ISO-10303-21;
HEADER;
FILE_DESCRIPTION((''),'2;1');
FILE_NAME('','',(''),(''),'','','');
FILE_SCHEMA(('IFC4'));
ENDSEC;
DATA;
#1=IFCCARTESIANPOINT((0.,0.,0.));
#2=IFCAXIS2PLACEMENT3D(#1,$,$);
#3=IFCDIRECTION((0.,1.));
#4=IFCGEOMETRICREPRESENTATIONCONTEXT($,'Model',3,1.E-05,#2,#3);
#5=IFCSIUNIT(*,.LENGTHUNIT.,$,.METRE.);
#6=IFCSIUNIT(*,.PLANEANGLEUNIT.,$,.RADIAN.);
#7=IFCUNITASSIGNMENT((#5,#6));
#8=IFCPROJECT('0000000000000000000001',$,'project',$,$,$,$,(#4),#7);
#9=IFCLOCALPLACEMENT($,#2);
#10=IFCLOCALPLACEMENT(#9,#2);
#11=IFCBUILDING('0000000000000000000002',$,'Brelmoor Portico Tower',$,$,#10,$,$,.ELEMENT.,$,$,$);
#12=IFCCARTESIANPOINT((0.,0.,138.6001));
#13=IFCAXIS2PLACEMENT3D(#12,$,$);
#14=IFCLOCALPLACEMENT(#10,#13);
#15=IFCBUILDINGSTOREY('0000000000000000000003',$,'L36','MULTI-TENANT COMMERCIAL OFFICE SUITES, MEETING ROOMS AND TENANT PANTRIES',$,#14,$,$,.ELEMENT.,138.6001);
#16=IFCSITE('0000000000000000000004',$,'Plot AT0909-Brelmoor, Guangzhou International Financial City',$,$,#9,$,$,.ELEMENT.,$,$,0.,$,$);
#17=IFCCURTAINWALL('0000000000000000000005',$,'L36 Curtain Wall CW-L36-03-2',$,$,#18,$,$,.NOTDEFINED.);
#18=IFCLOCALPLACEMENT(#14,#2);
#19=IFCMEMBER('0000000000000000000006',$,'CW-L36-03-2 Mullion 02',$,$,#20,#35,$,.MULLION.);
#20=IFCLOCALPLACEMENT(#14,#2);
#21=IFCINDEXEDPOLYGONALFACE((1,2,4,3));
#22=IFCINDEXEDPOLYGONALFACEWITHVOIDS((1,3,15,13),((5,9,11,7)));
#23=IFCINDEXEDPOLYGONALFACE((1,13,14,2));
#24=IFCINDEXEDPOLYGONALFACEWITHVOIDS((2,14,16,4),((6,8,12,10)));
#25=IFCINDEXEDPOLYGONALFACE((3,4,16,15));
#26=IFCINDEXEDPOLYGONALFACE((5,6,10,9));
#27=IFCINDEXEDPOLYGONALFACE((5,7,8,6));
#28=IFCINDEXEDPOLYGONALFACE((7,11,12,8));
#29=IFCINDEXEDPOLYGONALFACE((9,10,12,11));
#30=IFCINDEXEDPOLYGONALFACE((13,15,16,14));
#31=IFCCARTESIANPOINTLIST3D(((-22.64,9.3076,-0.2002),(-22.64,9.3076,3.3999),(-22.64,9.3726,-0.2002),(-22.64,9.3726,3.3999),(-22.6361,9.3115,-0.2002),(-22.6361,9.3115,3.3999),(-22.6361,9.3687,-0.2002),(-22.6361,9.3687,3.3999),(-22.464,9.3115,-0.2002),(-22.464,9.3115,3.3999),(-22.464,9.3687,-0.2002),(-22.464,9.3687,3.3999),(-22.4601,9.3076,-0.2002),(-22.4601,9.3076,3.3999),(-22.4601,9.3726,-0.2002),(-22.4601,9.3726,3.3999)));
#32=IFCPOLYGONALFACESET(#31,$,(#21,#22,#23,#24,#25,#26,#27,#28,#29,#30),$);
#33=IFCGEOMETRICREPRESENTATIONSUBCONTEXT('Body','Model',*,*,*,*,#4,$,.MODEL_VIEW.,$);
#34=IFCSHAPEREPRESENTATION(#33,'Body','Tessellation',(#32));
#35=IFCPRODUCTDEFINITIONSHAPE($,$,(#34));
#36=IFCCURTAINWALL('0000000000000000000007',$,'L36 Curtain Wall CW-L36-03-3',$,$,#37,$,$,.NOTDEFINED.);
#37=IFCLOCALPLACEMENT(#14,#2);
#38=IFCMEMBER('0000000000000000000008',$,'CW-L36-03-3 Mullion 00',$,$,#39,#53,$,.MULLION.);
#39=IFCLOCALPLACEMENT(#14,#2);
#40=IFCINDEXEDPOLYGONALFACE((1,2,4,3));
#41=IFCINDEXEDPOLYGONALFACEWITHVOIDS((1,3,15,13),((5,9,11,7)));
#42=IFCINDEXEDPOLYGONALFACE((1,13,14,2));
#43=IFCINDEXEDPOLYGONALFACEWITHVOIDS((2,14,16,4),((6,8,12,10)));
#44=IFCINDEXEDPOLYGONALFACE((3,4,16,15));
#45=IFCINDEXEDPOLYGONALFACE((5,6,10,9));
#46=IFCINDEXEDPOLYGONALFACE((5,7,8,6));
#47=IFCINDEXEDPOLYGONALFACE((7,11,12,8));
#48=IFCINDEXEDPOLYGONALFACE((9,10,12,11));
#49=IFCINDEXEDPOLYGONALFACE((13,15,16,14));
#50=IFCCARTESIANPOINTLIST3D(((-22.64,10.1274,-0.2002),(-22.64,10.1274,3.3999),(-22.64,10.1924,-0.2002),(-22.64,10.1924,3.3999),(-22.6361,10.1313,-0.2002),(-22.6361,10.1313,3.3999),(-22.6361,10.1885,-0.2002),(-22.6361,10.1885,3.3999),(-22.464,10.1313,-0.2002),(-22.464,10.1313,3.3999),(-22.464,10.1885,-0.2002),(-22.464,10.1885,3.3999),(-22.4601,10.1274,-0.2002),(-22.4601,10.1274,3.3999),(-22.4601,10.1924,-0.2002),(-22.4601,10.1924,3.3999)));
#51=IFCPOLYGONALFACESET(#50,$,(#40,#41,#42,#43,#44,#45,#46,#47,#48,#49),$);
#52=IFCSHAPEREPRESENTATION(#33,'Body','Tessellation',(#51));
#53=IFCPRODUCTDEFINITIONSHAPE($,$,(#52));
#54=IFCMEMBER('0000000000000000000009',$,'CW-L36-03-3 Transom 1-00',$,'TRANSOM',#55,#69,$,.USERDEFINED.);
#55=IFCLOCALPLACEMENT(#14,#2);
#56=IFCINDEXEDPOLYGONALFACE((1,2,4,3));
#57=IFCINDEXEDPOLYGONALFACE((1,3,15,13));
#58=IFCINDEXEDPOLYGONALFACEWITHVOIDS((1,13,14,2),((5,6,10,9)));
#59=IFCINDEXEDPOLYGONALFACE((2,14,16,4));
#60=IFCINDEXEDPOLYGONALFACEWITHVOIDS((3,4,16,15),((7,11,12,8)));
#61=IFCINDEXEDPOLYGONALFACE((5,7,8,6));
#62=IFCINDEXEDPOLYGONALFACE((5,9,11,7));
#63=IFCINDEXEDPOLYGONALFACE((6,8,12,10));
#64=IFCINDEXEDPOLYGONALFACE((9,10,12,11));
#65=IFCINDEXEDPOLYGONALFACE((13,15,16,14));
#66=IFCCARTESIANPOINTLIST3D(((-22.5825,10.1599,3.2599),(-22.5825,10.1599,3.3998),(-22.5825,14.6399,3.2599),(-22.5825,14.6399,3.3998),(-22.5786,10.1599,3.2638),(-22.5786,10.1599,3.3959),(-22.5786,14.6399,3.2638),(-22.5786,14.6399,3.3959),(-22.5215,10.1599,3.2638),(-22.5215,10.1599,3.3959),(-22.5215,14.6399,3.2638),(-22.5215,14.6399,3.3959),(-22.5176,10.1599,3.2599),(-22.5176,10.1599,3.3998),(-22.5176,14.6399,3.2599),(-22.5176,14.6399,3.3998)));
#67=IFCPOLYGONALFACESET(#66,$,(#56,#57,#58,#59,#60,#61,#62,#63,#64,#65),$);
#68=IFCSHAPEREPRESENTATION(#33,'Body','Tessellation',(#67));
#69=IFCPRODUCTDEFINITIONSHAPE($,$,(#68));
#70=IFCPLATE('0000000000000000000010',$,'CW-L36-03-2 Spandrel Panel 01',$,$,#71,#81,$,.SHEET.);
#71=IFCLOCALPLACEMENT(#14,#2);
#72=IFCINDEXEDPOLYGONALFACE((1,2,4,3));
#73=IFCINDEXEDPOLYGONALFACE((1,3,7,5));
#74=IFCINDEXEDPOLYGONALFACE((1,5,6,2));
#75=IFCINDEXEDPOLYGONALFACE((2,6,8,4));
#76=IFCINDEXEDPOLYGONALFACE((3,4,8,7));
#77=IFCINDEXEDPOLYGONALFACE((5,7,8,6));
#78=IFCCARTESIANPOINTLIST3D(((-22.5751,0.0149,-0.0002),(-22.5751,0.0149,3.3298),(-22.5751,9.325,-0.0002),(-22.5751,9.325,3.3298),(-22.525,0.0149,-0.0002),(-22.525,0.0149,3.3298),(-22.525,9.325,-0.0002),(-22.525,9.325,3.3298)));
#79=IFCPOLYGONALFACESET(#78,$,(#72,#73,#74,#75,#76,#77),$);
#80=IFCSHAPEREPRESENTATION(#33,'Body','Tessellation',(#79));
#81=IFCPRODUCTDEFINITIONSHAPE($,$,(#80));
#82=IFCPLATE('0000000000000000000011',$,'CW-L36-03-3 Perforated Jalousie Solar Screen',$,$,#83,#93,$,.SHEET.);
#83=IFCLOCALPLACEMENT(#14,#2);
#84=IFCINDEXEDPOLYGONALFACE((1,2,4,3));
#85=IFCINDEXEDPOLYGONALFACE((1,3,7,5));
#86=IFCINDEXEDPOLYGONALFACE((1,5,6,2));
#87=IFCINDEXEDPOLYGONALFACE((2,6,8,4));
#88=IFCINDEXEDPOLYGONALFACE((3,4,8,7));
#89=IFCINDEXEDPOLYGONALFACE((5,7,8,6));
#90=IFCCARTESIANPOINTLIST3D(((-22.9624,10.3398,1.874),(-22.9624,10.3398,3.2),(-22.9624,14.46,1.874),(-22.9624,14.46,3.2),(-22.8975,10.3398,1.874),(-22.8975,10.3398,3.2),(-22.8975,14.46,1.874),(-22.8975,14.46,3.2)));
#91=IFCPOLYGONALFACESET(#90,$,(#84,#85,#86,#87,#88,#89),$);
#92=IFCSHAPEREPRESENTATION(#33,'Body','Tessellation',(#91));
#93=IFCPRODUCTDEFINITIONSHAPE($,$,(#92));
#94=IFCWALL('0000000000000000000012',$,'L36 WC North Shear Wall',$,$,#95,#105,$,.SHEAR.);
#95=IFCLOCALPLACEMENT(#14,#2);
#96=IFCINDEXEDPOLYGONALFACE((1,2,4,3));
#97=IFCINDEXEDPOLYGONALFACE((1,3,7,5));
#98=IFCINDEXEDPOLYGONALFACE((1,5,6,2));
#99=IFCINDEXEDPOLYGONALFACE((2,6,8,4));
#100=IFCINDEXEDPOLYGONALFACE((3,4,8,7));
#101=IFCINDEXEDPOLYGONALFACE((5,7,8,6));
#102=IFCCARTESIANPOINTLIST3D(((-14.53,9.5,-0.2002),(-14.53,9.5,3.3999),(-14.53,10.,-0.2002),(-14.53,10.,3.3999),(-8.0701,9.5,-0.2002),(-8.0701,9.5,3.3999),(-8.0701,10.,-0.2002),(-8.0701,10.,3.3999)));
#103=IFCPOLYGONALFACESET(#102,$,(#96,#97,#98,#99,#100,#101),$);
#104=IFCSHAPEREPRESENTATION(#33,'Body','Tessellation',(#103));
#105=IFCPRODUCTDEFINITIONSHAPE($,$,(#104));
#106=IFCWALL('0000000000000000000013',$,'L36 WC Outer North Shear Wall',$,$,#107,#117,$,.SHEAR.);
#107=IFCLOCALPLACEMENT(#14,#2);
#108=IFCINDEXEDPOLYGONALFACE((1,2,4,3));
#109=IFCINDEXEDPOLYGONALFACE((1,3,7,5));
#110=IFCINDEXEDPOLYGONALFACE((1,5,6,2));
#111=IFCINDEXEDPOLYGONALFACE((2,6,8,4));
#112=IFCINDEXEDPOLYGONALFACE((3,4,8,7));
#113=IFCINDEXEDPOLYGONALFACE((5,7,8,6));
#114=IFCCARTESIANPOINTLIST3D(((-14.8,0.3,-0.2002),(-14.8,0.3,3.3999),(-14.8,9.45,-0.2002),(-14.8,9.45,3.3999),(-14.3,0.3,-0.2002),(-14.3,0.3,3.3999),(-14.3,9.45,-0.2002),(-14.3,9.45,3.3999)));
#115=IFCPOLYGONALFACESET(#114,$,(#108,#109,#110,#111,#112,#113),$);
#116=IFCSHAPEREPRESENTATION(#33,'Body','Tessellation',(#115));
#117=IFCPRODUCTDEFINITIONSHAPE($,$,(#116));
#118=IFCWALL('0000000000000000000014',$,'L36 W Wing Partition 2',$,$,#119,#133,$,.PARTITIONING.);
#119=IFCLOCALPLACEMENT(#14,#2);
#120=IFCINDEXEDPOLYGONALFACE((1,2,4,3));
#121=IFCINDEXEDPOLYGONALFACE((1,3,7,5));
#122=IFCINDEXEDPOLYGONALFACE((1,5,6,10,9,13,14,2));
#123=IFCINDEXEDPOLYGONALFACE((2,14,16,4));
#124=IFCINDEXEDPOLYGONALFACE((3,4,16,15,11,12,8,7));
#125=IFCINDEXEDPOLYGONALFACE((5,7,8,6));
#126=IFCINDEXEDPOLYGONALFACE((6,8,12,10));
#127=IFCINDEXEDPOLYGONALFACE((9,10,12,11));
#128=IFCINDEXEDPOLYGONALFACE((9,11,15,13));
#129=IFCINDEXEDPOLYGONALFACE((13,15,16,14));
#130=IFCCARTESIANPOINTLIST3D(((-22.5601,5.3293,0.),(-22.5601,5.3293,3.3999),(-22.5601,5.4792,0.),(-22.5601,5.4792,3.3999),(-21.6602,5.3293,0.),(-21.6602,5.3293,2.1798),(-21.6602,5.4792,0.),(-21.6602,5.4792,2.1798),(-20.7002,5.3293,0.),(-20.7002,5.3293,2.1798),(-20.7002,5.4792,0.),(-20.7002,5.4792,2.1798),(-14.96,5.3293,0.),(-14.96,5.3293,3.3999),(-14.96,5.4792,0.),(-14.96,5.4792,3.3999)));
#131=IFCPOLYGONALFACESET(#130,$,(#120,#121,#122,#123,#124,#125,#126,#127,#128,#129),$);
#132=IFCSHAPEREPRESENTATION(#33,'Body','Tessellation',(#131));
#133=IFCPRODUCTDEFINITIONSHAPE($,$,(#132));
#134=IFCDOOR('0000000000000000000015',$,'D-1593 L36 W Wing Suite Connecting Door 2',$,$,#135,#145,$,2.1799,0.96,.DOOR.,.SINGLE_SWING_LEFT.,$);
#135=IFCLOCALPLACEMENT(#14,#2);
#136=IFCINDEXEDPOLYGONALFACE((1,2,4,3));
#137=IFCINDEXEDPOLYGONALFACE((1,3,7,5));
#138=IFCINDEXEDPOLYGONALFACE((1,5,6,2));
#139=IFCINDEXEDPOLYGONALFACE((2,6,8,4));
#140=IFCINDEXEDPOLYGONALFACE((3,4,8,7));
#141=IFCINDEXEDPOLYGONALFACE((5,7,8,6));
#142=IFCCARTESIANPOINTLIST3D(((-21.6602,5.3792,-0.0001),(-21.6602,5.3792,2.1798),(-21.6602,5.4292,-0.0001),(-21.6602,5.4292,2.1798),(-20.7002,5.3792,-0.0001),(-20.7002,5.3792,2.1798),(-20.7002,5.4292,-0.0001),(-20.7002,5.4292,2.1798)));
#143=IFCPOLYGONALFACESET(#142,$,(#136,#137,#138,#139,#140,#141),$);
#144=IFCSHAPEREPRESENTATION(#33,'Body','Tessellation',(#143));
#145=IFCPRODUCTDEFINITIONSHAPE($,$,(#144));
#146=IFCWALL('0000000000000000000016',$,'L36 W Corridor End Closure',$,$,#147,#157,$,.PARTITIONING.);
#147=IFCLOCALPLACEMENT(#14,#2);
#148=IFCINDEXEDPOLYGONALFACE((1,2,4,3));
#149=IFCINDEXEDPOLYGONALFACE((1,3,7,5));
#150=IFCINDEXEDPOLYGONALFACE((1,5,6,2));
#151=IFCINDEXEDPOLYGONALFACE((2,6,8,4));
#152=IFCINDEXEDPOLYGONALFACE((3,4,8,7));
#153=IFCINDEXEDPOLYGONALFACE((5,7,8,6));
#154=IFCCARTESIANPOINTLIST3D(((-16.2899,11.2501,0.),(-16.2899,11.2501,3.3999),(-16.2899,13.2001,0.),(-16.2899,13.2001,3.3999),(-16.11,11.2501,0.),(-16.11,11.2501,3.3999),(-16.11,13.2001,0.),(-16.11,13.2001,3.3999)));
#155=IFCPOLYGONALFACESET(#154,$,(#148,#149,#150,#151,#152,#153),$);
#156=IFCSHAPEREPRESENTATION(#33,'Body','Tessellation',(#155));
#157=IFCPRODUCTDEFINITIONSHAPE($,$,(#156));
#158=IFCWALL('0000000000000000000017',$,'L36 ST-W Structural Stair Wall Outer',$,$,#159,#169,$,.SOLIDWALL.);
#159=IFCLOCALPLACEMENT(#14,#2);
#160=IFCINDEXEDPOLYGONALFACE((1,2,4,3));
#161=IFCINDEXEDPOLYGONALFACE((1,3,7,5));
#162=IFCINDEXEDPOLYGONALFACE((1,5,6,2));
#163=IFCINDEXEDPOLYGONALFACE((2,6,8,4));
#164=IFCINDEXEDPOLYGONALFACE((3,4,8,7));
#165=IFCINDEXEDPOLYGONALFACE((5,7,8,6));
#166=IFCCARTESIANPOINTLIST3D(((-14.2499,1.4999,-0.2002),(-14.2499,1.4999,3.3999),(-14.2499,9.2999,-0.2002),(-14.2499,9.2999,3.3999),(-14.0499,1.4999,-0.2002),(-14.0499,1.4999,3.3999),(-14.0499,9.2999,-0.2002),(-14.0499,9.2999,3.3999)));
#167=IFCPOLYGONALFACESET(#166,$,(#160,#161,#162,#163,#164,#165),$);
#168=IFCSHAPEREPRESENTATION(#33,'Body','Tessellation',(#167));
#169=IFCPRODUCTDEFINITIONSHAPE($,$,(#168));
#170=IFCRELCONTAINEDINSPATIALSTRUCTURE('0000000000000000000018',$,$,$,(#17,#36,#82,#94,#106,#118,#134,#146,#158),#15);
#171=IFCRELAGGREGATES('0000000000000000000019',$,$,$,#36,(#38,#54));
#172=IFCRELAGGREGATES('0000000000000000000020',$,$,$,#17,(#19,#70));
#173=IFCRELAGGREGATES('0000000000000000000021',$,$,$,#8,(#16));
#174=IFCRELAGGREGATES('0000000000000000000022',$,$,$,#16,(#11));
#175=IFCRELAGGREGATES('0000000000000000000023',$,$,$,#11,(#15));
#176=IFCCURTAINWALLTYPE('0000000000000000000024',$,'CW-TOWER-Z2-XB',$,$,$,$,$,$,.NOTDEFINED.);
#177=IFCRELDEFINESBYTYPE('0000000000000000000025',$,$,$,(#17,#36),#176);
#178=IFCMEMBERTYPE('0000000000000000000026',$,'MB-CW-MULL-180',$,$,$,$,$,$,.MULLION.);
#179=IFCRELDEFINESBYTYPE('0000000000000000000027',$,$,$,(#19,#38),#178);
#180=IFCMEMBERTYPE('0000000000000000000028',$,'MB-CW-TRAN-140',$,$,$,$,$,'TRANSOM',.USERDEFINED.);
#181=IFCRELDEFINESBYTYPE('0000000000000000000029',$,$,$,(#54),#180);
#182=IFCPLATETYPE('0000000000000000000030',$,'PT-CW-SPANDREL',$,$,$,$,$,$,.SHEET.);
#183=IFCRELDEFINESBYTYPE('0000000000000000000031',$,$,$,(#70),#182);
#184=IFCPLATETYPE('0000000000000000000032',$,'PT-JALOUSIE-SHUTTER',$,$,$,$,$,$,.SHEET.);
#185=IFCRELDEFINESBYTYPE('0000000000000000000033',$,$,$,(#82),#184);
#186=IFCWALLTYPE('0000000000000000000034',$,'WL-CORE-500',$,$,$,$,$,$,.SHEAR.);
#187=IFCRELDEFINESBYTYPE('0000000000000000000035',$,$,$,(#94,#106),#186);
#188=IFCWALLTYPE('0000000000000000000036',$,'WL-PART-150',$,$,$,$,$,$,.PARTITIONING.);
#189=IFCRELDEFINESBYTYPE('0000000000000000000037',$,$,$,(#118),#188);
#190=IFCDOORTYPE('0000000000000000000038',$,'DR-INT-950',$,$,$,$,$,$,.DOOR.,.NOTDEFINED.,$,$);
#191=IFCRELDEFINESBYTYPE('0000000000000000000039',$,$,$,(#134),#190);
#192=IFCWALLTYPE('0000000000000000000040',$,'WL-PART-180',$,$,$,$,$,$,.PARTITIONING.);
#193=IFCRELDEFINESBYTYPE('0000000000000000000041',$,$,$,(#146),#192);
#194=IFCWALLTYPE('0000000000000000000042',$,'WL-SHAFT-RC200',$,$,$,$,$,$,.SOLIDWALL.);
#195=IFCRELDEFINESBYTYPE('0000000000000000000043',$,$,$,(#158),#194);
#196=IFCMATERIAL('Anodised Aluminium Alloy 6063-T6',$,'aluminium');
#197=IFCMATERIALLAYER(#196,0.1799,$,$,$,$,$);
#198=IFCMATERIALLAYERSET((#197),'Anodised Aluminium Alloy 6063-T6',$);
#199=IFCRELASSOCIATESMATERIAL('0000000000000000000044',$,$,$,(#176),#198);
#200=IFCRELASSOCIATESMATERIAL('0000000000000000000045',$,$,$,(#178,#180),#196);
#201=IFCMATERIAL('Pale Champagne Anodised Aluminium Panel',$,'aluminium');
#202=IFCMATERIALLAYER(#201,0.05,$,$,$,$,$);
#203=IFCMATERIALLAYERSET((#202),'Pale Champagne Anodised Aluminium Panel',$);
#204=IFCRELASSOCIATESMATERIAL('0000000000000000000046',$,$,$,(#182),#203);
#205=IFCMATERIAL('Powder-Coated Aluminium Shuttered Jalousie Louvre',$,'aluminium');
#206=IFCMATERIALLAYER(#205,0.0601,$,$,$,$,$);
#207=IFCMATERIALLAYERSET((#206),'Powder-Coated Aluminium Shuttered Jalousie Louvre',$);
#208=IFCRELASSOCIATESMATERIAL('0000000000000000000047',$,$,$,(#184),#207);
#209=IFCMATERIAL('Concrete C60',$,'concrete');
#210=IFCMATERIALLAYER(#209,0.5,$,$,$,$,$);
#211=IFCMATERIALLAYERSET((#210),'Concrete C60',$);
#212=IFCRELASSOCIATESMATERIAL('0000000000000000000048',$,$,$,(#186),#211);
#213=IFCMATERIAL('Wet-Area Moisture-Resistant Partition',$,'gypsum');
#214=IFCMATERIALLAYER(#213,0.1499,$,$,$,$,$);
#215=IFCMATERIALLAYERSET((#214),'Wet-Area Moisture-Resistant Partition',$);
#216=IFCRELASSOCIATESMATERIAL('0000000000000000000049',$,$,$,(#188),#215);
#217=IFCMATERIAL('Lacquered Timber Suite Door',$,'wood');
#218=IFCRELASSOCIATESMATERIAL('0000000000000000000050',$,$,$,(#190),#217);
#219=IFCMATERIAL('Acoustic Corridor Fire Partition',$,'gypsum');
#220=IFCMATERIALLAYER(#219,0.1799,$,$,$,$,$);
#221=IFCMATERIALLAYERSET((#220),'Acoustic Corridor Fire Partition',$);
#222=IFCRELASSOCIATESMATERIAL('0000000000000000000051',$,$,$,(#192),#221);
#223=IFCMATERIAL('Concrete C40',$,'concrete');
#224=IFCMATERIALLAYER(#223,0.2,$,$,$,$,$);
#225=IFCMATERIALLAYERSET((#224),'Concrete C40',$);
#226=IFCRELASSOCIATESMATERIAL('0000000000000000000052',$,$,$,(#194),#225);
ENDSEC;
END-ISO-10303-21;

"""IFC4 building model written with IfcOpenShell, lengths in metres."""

from ifc_helpers import new_model, si_unit, direction, frame, frame_2d, origin, origin_2d, place, context, subcontext, project, spatial, rectangle, hollow_rectangle, extrude, material, layer, layer_set, material_profile, profile_set, type_object, element, fill, aggregate, save


model = new_model("IFC4")

# Units and contexts
model_context = context("Model", 3, precision=1e-05, world=origin(), true_north=direction((0.0, 1.0)))
body_context = subcontext(model_context, "Body", "Model", "MODEL_VIEW")
ifc_project = project(units=[si_unit("LENGTHUNIT", "METRE"), si_unit("PLANEANGLEUNIT", "RADIAN")], contexts=[model_context])

# Site, building, storey
site_placement = place(None, origin())
site = spatial("IfcSite", under=ifc_project, at=site_placement, Name="Plot AT0909-Brelmoor, Guangzhou International Financial City", CompositionType="ELEMENT", RefElevation=0.0)
building_placement = place(site_placement, origin())
building = spatial("IfcBuilding", under=site, at=building_placement, Name="Brelmoor Portico Tower", CompositionType="ELEMENT")
storey_placement = place(building_placement, frame((0.0, 0.0, 138.6001)))
storey = spatial("IfcBuildingStorey", under=building, at=storey_placement, Name="L36", Description="MULTI-TENANT COMMERCIAL OFFICE SUITES, MEETING ROOMS AND TENANT PANTRIES", CompositionType="ELEMENT", Elevation=138.6001)

# Curtain wall, member
ifc_material_1 = material(Name="Anodised Aluminium Alloy 6063-T6", Category="aluminium")
ifc_layer_1 = layer(ifc_material_1, 0.1799)
ifc_layer_set_1 = layer_set([ifc_layer_1], Name="Anodised Aluminium Alloy 6063-T6")
curtain_wall_type = type_object("IfcCurtainWallType", Name="CW-TOWER-Z2-XB", PredefinedType="NOTDEFINED", material=ifc_layer_set_1)
curtain_wall_1_placement = place(storey_placement, origin())
curtain_wall_1 = element("IfcCurtainWall", 1, at=curtain_wall_1_placement, inside=storey, type_object=curtain_wall_type, Name="L36 Curtain Wall CW-L36-03-2", PredefinedType="NOTDEFINED")
ifc_material_profile_1 = material_profile(ifc_material_1, hollow_rectangle(XDim=0.0649, YDim=0.1799, WallThickness=0.0039, at=origin_2d()), Name="ALU MULLION 65x180")
ifc_profile_set_1 = profile_set([ifc_material_profile_1], Name="Anodised Aluminium Alloy 6063-T6")
member_type_1 = type_object("IfcMemberType", Name="MB-CW-MULL-180", PredefinedType="MULLION", material=ifc_profile_set_1)
member_1_placement = place(storey_placement, frame((-22.55, 9.3401, -0.2002), z_axis=(0.0, 0.0, 1.0), x_axis=(0.0, 1.0, 0.0)))
member_1 = element("IfcMember", 2, at=member_1_placement, type_object=member_type_1, Name="CW-L36-03-2 Mullion 02", PredefinedType="MULLION", context=body_context, shape_type="SweptSolid", body=[
    extrude(hollow_rectangle(XDim=0.0649, YDim=0.1799, WallThickness=0.0039, at=origin_2d()), origin(), (0.0, 0.0, 1.0), 3.6001),
])

# Curtain wall, members
curtain_wall_2_placement = place(storey_placement, origin())
curtain_wall_2 = element("IfcCurtainWall", 3, at=curtain_wall_2_placement, inside=storey, type_object=curtain_wall_type, Name="L36 Curtain Wall CW-L36-03-3", PredefinedType="NOTDEFINED")
member_2_placement = place(storey_placement, frame((-22.55, 10.1599, -0.2002), z_axis=(0.0, 0.0, 1.0), x_axis=(0.0, 1.0, 0.0)))
member_2 = element("IfcMember", 4, at=member_2_placement, type_object=member_type_1, Name="CW-L36-03-3 Mullion 00", PredefinedType="MULLION", context=body_context, shape_type="SweptSolid", body=[
    extrude(hollow_rectangle(XDim=0.0649, YDim=0.1799, WallThickness=0.0039, at=origin_2d()), origin(), (0.0, 0.0, 1.0), 3.6001),
])
ifc_material_profile_2 = material_profile(ifc_material_1, hollow_rectangle(XDim=0.0649, YDim=0.1399, WallThickness=0.0039, at=origin_2d()), Name="ALU TRANSOM 65x140")
ifc_profile_set_2 = profile_set([ifc_material_profile_2], Name="Anodised Aluminium Alloy 6063-T6")
member_type_2 = type_object("IfcMemberType", Name="MB-CW-TRAN-140", ElementType="TRANSOM", PredefinedType="USERDEFINED", material=ifc_profile_set_2)
member_3_placement = place(storey_placement, frame((-22.55, 10.1599, 3.3298), z_axis=(0.0, 1.0, 0.0), x_axis=(-1.0, 0.0, 0.0)))
member_3 = element("IfcMember", 5, at=member_3_placement, type_object=member_type_2, Name="CW-L36-03-3 Transom 1-00", ObjectType="TRANSOM", PredefinedType="USERDEFINED", context=body_context, shape_type="SweptSolid", body=[
    extrude(hollow_rectangle(XDim=0.0649, YDim=0.1399, WallThickness=0.0039, at=origin_2d()), origin(), (0.0, 0.0, 1.0), 4.48),
])
aggregate(curtain_wall_2, [member_2, member_3])

# Plates
ifc_material_2 = material(Name="Pale Champagne Anodised Aluminium Panel", Category="aluminium")
ifc_layer_2 = layer(ifc_material_2, 0.05)
ifc_layer_set_2 = layer_set([ifc_layer_2], Name="Pale Champagne Anodised Aluminium Panel")
plate_type_1 = type_object("IfcPlateType", Name="PT-CW-SPANDREL", PredefinedType="SHEET", material=ifc_layer_set_2)
plate_1_placement = place(storey_placement, frame((-22.55, 4.6699, -0.0002), z_axis=(0.0, 0.0, 1.0), x_axis=(0.0, 1.0, 0.0)))
plate_1 = element("IfcPlate", 6, at=plate_1_placement, type_object=plate_type_1, Name="CW-L36-03-2 Spandrel Panel 01", PredefinedType="SHEET", context=body_context, shape_type="SweptSolid", body=[
    extrude(rectangle(XDim=9.3101, YDim=0.05, at=origin_2d()), origin(), (0.0, 0.0, 1.0), 3.3301),
])
aggregate(curtain_wall_1, [member_1, plate_1])
ifc_material_3 = material(Name="Powder-Coated Aluminium Shuttered Jalousie Louvre", Category="aluminium")
ifc_layer_3 = layer(ifc_material_3, 0.0601)
ifc_layer_set_3 = layer_set([ifc_layer_3], Name="Powder-Coated Aluminium Shuttered Jalousie Louvre")
plate_type_2 = type_object("IfcPlateType", Name="PT-JALOUSIE-SHUTTER", PredefinedType="SHEET", material=ifc_layer_set_3)
plate_2_placement = place(storey_placement, frame((-22.9299, 12.3999, 1.874), z_axis=(0.0, 0.0, 1.0), x_axis=(0.0, 1.0, 0.0)))
element("IfcPlate", 7, at=plate_2_placement, inside=storey, type_object=plate_type_2, Name="CW-L36-03-3 Perforated Jalousie Solar Screen", PredefinedType="SHEET", context=body_context, shape_type="SweptSolid", body=[
    extrude(rectangle(XDim=4.1201, YDim=0.0649, at=origin_2d()), origin(), (0.0, 0.0, 1.0), 1.3259),
])

# Walls
ifc_material_4 = material(Name="Concrete C60", Category="concrete")
ifc_layer_4 = layer(ifc_material_4, 0.5)
ifc_layer_set_4 = layer_set([ifc_layer_4], Name="Concrete C60")
wall_type_1 = type_object("IfcWallType", Name="WL-CORE-500", PredefinedType="SHEAR", material=ifc_layer_set_4)
wall_1_placement = place(storey_placement, frame((-14.53, 9.75, -0.2002), z_axis=(0.0, 0.0, 1.0), x_axis=(1.0, 0.0, 0.0)))
element("IfcWall", 8, at=wall_1_placement, inside=storey, type_object=wall_type_1, Name="L36 WC North Shear Wall", PredefinedType="SHEAR", context=body_context, shape_type="SweptSolid", body=[
    extrude(rectangle(XDim=6.46, YDim=0.5, at=frame_2d((3.23, 0.0))), origin(), (0.0, 0.0, 1.0), 3.6001),
])
wall_2_placement = place(storey_placement, frame((-14.55, 0.3, -0.2002), z_axis=(0.0, 0.0, 1.0), x_axis=(0.0, 1.0, 0.0)))
element("IfcWall", 9, at=wall_2_placement, inside=storey, type_object=wall_type_1, Name="L36 WC Outer North Shear Wall", PredefinedType="SHEAR", context=body_context, shape_type="SweptSolid", body=[
    extrude(rectangle(XDim=9.1499, YDim=0.5, at=frame_2d((4.575, 0.0))), origin(), (0.0, 0.0, 1.0), 3.6001),
])

# Wall, opening, door
ifc_material_5 = material(Name="Wet-Area Moisture-Resistant Partition", Category="gypsum")
ifc_layer_5 = layer(ifc_material_5, 0.1499)
ifc_layer_set_5 = layer_set([ifc_layer_5], Name="Wet-Area Moisture-Resistant Partition")
wall_type_2 = type_object("IfcWallType", Name="WL-PART-150", PredefinedType="PARTITIONING", material=ifc_layer_set_5)
wall_3_placement = place(storey_placement, frame((-22.5601, 5.4043, 0.0), z_axis=(0.0, 0.0, 1.0), x_axis=(1.0, 0.0, 0.0)))
wall_3 = element("IfcWall", 10, at=wall_3_placement, inside=storey, type_object=wall_type_2, Name="L36 W Wing Partition 2", PredefinedType="PARTITIONING", context=body_context, shape_type="SweptSolid", body=[
    extrude(rectangle(XDim=7.6001, YDim=0.1499, at=frame_2d((3.8, 0.0))), origin(), (0.0, 0.0, 1.0), 3.3999),
])
opening_1_placement = place(wall_3_placement, frame((0.8999, 0.0, 0.0)))
opening_1 = element("IfcOpeningElement", 11, at=opening_1_placement, cuts=wall_3, PredefinedType="OPENING", context=body_context, shape_type="SweptSolid", body=[
    extrude(rectangle(XDim=0.96, YDim=2.1799, at=frame_2d((0.48, 1.0898))), frame((0.0, 0.085, 0.0), z_axis=(0.0, -1.0, 0.0), x_axis=(1.0, 0.0, 0.0)), (0.0, 0.0, 1.0), 0.1699),
])
ifc_material_6 = material(Name="Lacquered Timber Suite Door", Category="wood")
door_type_1 = type_object("IfcDoorType", Name="DR-INT-950", OperationType="NOTDEFINED", PredefinedType="DOOR", material=ifc_material_6)
door_1_placement = place(opening_1_placement, origin())
door_1 = element("IfcDoor", 12, at=door_1_placement, inside=storey, type_object=door_type_1, Name="D-1593 L36 W Wing Suite Connecting Door 2", OperationType="SINGLE_SWING_LEFT", OverallHeight=2.1799, OverallWidth=0.96, PredefinedType="DOOR", context=body_context, shape_type="SweptSolid", body=[
    extrude(rectangle(XDim=0.96, YDim=2.1799, at=frame_2d((0.48, 1.0898))), frame((0.0, 0.0249, 0.0), z_axis=(0.0, -1.0, 0.0), x_axis=(1.0, 0.0, 0.0)), (0.0, 0.0, 1.0), 0.05),
])
fill(opening_1, door_1)
ifc_material_7 = material(Name="Acoustic Corridor Fire Partition", Category="gypsum")
ifc_layer_6 = layer(ifc_material_7, 0.1799)
ifc_layer_set_6 = layer_set([ifc_layer_6], Name="Acoustic Corridor Fire Partition")
wall_type_3 = type_object("IfcWallType", Name="WL-PART-180", PredefinedType="PARTITIONING", material=ifc_layer_set_6)

# Walls
wall_4_placement = place(storey_placement, frame((-16.2, 11.25, 0.0), z_axis=(0.0, 0.0, 1.0), x_axis=(0.0, 1.0, 0.0)))
element("IfcWall", 13, at=wall_4_placement, inside=storey, type_object=wall_type_3, Name="L36 W Corridor End Closure", PredefinedType="PARTITIONING", context=body_context, shape_type="SweptSolid", body=[
    extrude(rectangle(XDim=1.95, YDim=0.1799, at=frame_2d((0.9751, 0.0))), origin(), (0.0, 0.0, 1.0), 3.3999),
])
ifc_material_8 = material(Name="Concrete C40", Category="concrete")
ifc_layer_7 = layer(ifc_material_8, 0.2)
ifc_layer_set_7 = layer_set([ifc_layer_7], Name="Concrete C40")
wall_type_4 = type_object("IfcWallType", Name="WL-SHAFT-RC200", PredefinedType="SOLIDWALL", material=ifc_layer_set_7)
wall_5_placement = place(storey_placement, frame((-14.1499, 1.5, -0.2002), z_axis=(0.0, 0.0, 1.0), x_axis=(0.0, 1.0, 0.0)))
element("IfcWall", 14, at=wall_5_placement, inside=storey, type_object=wall_type_4, Name="L36 ST-W Structural Stair Wall Outer", PredefinedType="SOLIDWALL", context=body_context, shape_type="SweptSolid", body=[
    extrude(rectangle(XDim=7.8, YDim=0.2, at=frame_2d((3.8999, 0.0))), origin(), (0.0, 0.0, 1.0), 3.6001),
])

save(model, "model.ifc")
